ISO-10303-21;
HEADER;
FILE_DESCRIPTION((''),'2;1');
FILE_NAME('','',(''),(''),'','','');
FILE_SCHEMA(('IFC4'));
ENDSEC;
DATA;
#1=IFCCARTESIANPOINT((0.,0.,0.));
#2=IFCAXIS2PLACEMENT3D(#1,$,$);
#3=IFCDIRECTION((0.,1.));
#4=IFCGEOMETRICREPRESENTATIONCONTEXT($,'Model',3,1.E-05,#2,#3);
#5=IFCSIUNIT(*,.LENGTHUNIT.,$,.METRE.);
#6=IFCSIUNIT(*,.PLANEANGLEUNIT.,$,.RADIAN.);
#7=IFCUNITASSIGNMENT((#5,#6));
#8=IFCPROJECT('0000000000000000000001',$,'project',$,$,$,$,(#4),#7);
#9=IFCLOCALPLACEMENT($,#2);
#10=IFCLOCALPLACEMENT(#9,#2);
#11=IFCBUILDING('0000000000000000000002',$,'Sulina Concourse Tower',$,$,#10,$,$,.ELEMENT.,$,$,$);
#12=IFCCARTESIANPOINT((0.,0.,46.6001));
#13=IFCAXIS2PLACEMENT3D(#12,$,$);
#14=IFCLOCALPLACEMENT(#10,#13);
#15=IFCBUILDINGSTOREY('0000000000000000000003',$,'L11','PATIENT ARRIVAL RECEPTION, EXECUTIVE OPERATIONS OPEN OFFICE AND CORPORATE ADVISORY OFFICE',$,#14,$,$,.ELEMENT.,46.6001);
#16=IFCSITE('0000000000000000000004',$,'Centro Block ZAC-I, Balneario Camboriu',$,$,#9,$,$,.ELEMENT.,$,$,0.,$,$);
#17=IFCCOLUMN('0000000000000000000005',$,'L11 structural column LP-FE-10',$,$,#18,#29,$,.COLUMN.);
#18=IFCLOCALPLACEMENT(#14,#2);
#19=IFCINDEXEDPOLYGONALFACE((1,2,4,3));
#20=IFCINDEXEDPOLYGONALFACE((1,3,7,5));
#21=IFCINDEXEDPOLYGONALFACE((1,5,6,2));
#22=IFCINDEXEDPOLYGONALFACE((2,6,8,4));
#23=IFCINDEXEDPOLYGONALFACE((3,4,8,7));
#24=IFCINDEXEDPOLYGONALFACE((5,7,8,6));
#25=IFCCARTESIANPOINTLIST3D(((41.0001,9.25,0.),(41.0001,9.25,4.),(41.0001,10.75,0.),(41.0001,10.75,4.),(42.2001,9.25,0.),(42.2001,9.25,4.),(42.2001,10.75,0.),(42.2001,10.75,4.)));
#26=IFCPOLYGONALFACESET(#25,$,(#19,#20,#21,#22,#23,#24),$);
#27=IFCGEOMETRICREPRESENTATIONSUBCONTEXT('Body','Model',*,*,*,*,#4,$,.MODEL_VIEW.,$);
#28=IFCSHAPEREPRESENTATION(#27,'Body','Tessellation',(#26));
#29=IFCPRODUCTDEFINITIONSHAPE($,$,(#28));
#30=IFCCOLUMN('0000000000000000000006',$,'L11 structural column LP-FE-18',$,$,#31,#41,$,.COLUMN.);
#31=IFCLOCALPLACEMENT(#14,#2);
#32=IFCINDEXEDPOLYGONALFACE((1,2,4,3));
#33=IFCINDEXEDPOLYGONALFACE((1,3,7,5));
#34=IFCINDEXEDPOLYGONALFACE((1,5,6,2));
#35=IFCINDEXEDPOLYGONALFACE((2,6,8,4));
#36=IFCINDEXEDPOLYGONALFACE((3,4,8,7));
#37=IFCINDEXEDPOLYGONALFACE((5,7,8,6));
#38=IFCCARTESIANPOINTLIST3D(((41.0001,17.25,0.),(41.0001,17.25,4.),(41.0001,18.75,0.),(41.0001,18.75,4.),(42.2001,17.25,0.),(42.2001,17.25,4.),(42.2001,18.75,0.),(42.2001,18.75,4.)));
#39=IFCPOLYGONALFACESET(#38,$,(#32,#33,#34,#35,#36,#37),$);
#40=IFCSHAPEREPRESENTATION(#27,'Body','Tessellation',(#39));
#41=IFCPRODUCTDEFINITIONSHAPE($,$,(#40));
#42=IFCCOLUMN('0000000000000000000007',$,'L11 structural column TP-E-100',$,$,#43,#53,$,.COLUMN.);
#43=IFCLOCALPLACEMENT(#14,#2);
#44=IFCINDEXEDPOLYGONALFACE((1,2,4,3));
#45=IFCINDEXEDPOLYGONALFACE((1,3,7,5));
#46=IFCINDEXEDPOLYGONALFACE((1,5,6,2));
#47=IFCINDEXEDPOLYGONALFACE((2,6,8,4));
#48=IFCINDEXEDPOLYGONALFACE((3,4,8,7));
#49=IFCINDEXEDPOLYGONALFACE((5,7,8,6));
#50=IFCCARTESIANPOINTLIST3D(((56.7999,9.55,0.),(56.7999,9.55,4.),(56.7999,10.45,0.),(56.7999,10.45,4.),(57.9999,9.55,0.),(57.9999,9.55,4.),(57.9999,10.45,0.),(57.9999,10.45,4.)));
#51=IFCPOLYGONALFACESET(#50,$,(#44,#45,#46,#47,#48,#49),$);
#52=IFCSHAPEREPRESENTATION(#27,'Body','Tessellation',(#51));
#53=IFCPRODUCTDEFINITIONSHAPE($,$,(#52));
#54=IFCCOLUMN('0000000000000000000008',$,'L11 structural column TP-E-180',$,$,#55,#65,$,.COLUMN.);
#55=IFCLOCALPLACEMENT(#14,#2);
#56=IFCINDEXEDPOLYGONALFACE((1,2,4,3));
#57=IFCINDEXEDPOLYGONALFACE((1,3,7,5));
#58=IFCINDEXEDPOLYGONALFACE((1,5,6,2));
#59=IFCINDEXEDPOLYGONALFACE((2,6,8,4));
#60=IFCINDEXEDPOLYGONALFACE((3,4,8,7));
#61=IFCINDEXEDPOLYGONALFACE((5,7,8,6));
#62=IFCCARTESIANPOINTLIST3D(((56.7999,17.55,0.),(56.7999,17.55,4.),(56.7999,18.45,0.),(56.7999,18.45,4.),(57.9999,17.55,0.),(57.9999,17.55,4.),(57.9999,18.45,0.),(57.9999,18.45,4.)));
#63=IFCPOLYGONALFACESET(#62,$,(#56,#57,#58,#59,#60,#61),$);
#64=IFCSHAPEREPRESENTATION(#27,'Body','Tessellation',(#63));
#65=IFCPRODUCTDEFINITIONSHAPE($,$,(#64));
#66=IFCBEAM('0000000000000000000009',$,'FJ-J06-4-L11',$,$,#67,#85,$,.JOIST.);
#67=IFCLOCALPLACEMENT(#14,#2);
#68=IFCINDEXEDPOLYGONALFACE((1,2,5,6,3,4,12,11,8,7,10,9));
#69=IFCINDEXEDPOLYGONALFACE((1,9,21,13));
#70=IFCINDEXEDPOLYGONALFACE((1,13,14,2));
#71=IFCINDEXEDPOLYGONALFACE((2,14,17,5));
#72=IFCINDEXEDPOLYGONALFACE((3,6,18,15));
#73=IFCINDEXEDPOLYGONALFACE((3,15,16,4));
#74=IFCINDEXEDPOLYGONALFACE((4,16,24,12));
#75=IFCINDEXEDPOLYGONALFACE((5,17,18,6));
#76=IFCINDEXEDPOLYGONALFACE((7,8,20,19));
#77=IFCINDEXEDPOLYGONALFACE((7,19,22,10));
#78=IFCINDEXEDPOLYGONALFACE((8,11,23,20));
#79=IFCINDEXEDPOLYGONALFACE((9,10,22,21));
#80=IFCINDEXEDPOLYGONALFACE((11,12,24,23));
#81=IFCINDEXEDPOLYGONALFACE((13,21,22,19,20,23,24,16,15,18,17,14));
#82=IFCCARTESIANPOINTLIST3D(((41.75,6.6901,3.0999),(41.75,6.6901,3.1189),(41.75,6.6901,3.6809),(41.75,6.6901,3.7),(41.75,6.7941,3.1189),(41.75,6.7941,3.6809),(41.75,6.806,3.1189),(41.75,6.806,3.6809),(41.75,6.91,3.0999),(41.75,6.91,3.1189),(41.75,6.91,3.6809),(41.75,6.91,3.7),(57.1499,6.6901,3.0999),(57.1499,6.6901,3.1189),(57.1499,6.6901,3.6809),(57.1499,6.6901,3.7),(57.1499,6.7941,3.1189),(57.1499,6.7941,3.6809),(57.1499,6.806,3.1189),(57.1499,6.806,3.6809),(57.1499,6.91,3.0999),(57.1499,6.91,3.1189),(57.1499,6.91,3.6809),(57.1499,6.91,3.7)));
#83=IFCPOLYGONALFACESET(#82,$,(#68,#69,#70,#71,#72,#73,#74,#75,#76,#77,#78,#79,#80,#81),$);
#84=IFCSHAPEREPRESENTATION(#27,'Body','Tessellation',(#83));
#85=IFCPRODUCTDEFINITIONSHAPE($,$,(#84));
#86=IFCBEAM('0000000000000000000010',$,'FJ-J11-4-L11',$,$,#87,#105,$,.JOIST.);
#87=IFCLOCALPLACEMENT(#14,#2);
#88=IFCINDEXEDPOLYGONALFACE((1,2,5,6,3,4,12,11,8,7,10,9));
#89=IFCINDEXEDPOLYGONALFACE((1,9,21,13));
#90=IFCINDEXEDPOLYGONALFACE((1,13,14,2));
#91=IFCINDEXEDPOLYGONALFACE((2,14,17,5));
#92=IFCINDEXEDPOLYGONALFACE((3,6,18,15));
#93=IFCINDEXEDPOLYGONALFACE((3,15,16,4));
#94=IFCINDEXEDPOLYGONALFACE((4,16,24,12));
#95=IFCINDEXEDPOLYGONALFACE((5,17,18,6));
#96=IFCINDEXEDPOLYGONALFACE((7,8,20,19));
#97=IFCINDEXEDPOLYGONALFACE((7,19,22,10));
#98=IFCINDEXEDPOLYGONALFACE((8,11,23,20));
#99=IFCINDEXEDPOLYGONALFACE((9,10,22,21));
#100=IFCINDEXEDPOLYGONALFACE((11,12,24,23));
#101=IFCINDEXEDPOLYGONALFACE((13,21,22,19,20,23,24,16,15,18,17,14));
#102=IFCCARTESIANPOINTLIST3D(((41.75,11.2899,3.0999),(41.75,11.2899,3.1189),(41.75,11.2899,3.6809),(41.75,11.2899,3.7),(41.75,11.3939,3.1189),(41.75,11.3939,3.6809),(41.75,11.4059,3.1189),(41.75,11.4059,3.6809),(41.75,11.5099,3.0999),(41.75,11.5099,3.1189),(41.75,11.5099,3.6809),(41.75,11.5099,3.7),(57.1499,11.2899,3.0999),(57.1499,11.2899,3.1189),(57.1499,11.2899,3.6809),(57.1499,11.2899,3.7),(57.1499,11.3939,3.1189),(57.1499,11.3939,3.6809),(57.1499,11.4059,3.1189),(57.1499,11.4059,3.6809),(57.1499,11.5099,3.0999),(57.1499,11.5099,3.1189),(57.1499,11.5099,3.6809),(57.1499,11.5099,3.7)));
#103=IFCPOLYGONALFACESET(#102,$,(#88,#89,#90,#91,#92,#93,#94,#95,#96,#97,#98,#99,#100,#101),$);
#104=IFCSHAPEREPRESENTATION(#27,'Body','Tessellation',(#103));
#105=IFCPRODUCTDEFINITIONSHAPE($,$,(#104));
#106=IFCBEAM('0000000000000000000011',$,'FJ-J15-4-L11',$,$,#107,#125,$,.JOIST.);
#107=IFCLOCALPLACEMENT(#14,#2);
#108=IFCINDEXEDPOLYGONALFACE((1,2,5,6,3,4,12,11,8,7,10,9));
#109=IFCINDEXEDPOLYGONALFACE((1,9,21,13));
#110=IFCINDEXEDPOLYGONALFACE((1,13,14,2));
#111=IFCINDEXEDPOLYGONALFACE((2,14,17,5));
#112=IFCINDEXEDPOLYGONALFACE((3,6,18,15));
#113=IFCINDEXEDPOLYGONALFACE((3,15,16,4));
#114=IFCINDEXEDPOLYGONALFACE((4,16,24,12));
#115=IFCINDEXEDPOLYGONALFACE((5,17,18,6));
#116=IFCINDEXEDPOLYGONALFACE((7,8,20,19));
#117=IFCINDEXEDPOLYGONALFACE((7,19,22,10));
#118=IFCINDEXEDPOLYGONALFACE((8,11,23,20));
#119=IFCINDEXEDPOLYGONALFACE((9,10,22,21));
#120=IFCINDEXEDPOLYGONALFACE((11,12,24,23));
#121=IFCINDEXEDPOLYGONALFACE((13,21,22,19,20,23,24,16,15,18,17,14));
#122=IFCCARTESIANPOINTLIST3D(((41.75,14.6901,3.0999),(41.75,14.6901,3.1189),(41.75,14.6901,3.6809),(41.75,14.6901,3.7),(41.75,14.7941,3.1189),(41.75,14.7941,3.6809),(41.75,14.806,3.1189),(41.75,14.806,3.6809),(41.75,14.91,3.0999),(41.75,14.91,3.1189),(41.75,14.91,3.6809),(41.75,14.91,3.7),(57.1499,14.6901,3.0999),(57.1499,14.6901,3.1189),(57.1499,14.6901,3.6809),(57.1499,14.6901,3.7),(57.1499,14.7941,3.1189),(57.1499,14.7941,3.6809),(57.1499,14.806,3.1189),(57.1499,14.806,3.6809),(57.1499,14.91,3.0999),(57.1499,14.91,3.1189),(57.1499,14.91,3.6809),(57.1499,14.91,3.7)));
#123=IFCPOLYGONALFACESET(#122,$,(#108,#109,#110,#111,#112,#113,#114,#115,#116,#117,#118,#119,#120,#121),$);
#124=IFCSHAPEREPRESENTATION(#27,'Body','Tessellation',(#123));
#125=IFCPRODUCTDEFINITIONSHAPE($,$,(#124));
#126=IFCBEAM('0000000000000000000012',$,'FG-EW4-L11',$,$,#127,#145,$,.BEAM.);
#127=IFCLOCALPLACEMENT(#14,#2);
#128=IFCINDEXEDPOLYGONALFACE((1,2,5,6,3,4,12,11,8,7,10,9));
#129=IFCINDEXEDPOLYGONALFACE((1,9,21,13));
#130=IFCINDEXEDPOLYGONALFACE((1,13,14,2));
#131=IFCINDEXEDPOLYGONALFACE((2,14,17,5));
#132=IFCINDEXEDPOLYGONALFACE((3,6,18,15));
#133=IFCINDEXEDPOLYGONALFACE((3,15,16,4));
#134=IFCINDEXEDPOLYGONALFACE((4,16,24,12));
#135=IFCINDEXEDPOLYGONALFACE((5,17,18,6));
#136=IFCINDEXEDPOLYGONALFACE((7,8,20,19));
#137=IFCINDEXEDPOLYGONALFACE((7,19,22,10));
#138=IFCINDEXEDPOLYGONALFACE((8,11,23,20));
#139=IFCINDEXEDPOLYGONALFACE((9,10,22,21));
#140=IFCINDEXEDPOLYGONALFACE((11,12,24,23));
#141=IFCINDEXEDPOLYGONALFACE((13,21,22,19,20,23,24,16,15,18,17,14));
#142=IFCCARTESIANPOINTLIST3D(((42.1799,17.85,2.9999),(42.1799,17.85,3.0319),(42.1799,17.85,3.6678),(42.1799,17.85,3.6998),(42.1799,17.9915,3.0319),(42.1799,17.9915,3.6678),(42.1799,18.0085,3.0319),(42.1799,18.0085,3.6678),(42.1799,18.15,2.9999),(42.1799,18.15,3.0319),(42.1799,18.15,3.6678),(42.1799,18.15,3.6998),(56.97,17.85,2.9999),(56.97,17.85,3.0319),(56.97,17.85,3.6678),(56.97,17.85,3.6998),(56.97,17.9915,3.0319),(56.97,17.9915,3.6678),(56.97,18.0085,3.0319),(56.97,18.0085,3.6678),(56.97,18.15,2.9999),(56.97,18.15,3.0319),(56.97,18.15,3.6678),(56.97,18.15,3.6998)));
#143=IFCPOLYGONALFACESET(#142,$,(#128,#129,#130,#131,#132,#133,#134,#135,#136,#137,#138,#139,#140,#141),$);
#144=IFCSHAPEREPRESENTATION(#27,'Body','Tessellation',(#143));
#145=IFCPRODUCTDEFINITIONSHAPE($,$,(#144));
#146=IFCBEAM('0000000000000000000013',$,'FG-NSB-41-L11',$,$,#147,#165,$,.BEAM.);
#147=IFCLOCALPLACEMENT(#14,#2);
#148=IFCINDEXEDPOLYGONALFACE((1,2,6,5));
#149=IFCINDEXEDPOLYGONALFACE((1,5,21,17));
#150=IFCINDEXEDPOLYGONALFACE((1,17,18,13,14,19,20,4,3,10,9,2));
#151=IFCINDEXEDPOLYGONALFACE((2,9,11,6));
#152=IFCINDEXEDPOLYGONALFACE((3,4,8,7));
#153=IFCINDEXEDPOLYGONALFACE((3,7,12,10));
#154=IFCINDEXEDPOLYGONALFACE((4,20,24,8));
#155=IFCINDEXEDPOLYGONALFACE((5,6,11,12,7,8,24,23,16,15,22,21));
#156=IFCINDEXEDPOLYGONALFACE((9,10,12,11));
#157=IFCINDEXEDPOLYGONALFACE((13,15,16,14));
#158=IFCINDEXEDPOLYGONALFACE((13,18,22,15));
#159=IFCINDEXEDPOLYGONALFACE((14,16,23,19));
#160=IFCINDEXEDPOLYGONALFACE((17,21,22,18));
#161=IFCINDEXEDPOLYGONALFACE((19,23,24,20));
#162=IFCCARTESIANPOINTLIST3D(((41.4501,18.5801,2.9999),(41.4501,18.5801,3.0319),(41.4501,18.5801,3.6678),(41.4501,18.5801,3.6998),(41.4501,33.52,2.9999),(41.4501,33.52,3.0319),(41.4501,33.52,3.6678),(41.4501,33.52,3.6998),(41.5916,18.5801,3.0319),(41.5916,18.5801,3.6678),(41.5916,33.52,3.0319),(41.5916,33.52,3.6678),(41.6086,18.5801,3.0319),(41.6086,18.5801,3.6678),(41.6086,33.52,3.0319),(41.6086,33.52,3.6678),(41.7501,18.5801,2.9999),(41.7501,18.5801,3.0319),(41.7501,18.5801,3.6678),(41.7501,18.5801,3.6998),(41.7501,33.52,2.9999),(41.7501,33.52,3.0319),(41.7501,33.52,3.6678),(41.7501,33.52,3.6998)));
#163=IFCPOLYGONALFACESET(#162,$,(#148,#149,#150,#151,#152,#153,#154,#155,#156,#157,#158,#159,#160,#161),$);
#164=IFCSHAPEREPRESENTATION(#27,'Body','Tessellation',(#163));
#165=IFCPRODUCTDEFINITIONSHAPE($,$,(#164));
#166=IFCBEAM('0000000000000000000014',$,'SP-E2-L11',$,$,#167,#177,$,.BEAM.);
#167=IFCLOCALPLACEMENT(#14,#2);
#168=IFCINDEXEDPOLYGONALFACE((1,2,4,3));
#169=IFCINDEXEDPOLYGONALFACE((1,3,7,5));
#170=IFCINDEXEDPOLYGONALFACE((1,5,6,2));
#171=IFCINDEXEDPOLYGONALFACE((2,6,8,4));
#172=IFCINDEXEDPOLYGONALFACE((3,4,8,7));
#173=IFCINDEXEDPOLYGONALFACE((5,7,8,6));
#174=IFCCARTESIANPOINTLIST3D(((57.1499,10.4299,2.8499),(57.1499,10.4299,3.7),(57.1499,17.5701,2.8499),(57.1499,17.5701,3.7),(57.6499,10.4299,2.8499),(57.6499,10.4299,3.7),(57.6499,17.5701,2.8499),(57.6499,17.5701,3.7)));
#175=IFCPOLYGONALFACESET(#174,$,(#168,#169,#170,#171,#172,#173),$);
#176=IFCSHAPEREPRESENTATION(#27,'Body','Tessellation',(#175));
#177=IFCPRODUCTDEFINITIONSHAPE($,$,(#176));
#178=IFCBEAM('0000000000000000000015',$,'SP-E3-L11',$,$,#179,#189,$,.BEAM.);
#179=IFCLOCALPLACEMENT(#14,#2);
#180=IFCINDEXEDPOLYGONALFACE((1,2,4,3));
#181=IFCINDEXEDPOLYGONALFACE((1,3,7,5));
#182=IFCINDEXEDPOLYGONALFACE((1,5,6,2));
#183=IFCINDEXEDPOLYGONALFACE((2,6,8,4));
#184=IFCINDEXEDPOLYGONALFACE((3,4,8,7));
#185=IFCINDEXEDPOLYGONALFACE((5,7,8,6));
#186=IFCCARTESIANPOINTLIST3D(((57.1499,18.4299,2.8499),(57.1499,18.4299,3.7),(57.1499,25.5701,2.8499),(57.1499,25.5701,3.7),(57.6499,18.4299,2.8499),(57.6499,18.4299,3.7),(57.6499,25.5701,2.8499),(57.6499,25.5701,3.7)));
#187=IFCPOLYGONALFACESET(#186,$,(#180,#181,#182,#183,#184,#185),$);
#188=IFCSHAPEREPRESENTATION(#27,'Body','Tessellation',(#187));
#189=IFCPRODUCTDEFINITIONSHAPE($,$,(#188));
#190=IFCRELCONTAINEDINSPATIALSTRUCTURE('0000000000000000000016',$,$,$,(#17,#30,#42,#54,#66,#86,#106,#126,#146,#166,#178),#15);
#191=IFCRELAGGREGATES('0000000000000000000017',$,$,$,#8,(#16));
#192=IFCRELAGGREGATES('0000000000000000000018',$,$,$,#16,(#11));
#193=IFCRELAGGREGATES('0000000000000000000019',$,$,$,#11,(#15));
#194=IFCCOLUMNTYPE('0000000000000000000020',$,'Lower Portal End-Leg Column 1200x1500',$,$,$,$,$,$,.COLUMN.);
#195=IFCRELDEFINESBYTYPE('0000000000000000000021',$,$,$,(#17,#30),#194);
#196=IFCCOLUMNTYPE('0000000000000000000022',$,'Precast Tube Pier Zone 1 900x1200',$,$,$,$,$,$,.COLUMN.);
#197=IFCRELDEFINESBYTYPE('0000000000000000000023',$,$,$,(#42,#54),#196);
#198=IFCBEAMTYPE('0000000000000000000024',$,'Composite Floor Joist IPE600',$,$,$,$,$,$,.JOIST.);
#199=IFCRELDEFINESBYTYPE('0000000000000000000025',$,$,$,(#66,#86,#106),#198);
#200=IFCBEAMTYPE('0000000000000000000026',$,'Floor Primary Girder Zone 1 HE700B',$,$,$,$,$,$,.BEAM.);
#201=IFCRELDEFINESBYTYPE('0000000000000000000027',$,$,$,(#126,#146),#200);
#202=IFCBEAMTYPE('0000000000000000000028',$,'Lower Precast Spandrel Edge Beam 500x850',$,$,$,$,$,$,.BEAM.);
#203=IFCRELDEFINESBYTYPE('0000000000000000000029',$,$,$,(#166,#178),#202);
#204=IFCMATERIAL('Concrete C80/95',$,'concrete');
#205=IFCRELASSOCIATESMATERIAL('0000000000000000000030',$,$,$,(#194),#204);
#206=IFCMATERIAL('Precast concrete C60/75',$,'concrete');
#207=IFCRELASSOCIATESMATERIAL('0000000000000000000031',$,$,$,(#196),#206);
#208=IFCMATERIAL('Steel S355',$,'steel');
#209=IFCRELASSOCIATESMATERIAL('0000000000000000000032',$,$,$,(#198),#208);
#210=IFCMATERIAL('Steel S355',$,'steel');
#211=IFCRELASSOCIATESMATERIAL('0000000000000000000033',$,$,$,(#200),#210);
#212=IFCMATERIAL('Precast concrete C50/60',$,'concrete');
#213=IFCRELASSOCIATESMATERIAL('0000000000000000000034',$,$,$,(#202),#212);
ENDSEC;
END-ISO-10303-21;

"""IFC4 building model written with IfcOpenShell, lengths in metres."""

from ifc_helpers import new_model, si_unit, direction, frame, origin, origin_2d, place, context, subcontext, project, spatial, rectangle, i_section, extrude, material, material_profile, profile_set, type_object, element, save


model = new_model("IFC4")

# Units and contexts
model_context = context("Model", 3, precision=1e-05, world=origin(), true_north=direction((0.0, 1.0)))
body_context = subcontext(model_context, "Body", "Model", "MODEL_VIEW")
ifc_project = project(units=[si_unit("LENGTHUNIT", "METRE"), si_unit("PLANEANGLEUNIT", "RADIAN")], contexts=[model_context])

# Site, building, storey
site_placement = place(None, origin())
site = spatial("IfcSite", under=ifc_project, at=site_placement, Name="Centro Block ZAC-I, Balneario Camboriu", CompositionType="ELEMENT", RefElevation=0.0)
building_placement = place(site_placement, origin())
building = spatial("IfcBuilding", under=site, at=building_placement, Name="Sulina Concourse Tower", CompositionType="ELEMENT")
storey_placement = place(building_placement, frame((0.0, 0.0, 46.6001)))
storey = spatial("IfcBuildingStorey", under=building, at=storey_placement, Name="L11", Description="PATIENT ARRIVAL RECEPTION, EXECUTIVE OPERATIONS OPEN OFFICE AND CORPORATE ADVISORY OFFICE", CompositionType="ELEMENT", Elevation=46.6001)

# Columns
ifc_material_1 = material(Name="Concrete C80/95", Category="concrete")
ifc_material_profile_1 = material_profile(ifc_material_1, rectangle(XDim=1.2, YDim=1.5, at=origin_2d()), Name="RC 1200x1500")
ifc_profile_set_1 = profile_set([ifc_material_profile_1], Name="Concrete C80/95")
column_type_1 = type_object("IfcColumnType", Name="Lower Portal End-Leg Column 1200x1500", PredefinedType="COLUMN", material=ifc_profile_set_1)
for number, where, z_axis, x_axis, name in (
    (1, (41.6001, 10.0, 0.0), (0.0, 0.0, 1.0), (1.0, 0.0, 0.0), "L11 structural column LP-FE-10"),
    (2, (41.6001, 18.0, 0.0), (0.0, 0.0, 1.0), (1.0, 0.0, 0.0), "L11 structural column LP-FE-18"),
):
    element("IfcColumn", number, at=place(storey_placement, frame(where, z_axis=z_axis, x_axis=x_axis)), inside=storey, type_object=column_type_1, Name=name, PredefinedType="COLUMN", context=body_context, shape_type="SweptSolid", body=[
        extrude(rectangle(XDim=1.2, YDim=1.5, at=origin_2d()), origin(), (0.0, 0.0, 1.0), 4.0),
    ])
ifc_material_2 = material(Name="Precast concrete C60/75", Category="concrete")
ifc_material_profile_2 = material_profile(ifc_material_2, rectangle(XDim=0.8999, YDim=1.2, at=origin_2d()), Name="PC 900x1200")
ifc_profile_set_2 = profile_set([ifc_material_profile_2], Name="Precast concrete C60/75")
column_type_2 = type_object("IfcColumnType", Name="Precast Tube Pier Zone 1 900x1200", PredefinedType="COLUMN", material=ifc_profile_set_2)
for number, where, z_axis, x_axis, name in (
    (3, (57.3999, 10.0, 0.0), (0.0, 0.0, 1.0), (0.0, 1.0, 0.0), "L11 structural column TP-E-100"),
    (4, (57.3999, 18.0, 0.0), (0.0, 0.0, 1.0), (0.0, 1.0, 0.0), "L11 structural column TP-E-180"),
):
    element("IfcColumn", number, at=place(storey_placement, frame(where, z_axis=z_axis, x_axis=x_axis)), inside=storey, type_object=column_type_2, Name=name, PredefinedType="COLUMN", context=body_context, shape_type="SweptSolid", body=[
        extrude(rectangle(XDim=0.8999, YDim=1.2, at=origin_2d()), origin(), (0.0, 0.0, 1.0), 4.0),
    ])

# Beams
ifc_material_3 = material(Name="Steel S355", Category="steel")
ifc_material_profile_3 = material_profile(ifc_material_3, i_section(OverallWidth=0.22, OverallDepth=0.6001, WebThickness=0.012, FlangeThickness=0.019, at=origin_2d()), Name="IPE 600")
ifc_profile_set_3 = profile_set([ifc_material_profile_3], Name="Steel S355")
beam_type_1 = type_object("IfcBeamType", Name="Composite Floor Joist IPE600", PredefinedType="JOIST", material=ifc_profile_set_3)
for number, where, z_axis, x_axis, name in (
    (5, (41.75, 6.8, 3.3999), (1.0, 0.0, 0.0), (0.0, 1.0, 0.0), "FJ-J06-4-L11"),
    (6, (41.75, 11.3999, 3.3999), (1.0, 0.0, 0.0), (0.0, 1.0, 0.0), "FJ-J11-4-L11"),
    (7, (41.75, 14.8, 3.3999), (1.0, 0.0, 0.0), (0.0, 1.0, 0.0), "FJ-J15-4-L11"),
):
    element("IfcBeam", number, at=place(storey_placement, frame(where, z_axis=z_axis, x_axis=x_axis)), inside=storey, type_object=beam_type_1, Name=name, PredefinedType="JOIST", context=body_context, shape_type="SweptSolid", body=[
        extrude(i_section(OverallWidth=0.22, OverallDepth=0.6001, WebThickness=0.012, FlangeThickness=0.019, at=origin_2d()), origin(), (0.0, 0.0, 1.0), 15.3999),
    ])
ifc_material_4 = material(Name="Steel S355", Category="steel")
ifc_material_profile_4 = material_profile(ifc_material_4, i_section(OverallWidth=0.3, OverallDepth=0.7, WebThickness=0.0171, FlangeThickness=0.032, at=origin_2d()), Name="HE 700 B")
ifc_profile_set_4 = profile_set([ifc_material_profile_4], Name="Steel S355")
beam_type_2 = type_object("IfcBeamType", Name="Floor Primary Girder Zone 1 HE700B", PredefinedType="BEAM", material=ifc_profile_set_4)
beam_1_placement = place(storey_placement, frame((42.1799, 18.0, 3.3499), z_axis=(1.0, 0.0, 0.0), x_axis=(0.0, 1.0, 0.0)))
element("IfcBeam", 8, at=beam_1_placement, inside=storey, type_object=beam_type_2, Name="FG-EW4-L11", PredefinedType="BEAM", context=body_context, shape_type="SweptSolid", body=[
    extrude(i_section(OverallWidth=0.3, OverallDepth=0.7, WebThickness=0.0171, FlangeThickness=0.032, at=origin_2d()), origin(), (0.0, 0.0, 1.0), 14.79),
])
beam_2_placement = place(storey_placement, frame((41.6001, 18.5801, 3.3499), z_axis=(0.0, 1.0, 0.0), x_axis=(-1.0, 0.0, 0.0)))
element("IfcBeam", 9, at=beam_2_placement, inside=storey, type_object=beam_type_2, Name="FG-NSB-41-L11", PredefinedType="BEAM", context=body_context, shape_type="SweptSolid", body=[
    extrude(i_section(OverallWidth=0.3, OverallDepth=0.7, WebThickness=0.0171, FlangeThickness=0.032, at=origin_2d()), origin(), (0.0, 0.0, 1.0), 14.9399),
])
ifc_material_5 = material(Name="Precast concrete C50/60", Category="concrete")
ifc_material_profile_5 = material_profile(ifc_material_5, rectangle(XDim=0.5, YDim=0.8501, at=origin_2d()), Name="RC 500x850")
ifc_profile_set_5 = profile_set([ifc_material_profile_5], Name="Precast concrete C50/60")
beam_type_3 = type_object("IfcBeamType", Name="Lower Precast Spandrel Edge Beam 500x850", PredefinedType="BEAM", material=ifc_profile_set_5)
for number, where, z_axis, x_axis, name in (
    (10, (57.3999, 10.4299, 3.2749), (0.0, 1.0, 0.0), (-1.0, 0.0, 0.0), "SP-E2-L11"),
    (11, (57.3999, 18.4299, 3.2749), (0.0, 1.0, 0.0), (-1.0, 0.0, 0.0), "SP-E3-L11"),
):
    element("IfcBeam", number, at=place(storey_placement, frame(where, z_axis=z_axis, x_axis=x_axis)), inside=storey, type_object=beam_type_3, Name=name, PredefinedType="BEAM", context=body_context, shape_type="SweptSolid", body=[
        extrude(rectangle(XDim=0.5, YDim=0.8501, at=origin_2d()), origin(), (0.0, 0.0, 1.0), 7.1401),
    ])

save(model, "model.ifc")
